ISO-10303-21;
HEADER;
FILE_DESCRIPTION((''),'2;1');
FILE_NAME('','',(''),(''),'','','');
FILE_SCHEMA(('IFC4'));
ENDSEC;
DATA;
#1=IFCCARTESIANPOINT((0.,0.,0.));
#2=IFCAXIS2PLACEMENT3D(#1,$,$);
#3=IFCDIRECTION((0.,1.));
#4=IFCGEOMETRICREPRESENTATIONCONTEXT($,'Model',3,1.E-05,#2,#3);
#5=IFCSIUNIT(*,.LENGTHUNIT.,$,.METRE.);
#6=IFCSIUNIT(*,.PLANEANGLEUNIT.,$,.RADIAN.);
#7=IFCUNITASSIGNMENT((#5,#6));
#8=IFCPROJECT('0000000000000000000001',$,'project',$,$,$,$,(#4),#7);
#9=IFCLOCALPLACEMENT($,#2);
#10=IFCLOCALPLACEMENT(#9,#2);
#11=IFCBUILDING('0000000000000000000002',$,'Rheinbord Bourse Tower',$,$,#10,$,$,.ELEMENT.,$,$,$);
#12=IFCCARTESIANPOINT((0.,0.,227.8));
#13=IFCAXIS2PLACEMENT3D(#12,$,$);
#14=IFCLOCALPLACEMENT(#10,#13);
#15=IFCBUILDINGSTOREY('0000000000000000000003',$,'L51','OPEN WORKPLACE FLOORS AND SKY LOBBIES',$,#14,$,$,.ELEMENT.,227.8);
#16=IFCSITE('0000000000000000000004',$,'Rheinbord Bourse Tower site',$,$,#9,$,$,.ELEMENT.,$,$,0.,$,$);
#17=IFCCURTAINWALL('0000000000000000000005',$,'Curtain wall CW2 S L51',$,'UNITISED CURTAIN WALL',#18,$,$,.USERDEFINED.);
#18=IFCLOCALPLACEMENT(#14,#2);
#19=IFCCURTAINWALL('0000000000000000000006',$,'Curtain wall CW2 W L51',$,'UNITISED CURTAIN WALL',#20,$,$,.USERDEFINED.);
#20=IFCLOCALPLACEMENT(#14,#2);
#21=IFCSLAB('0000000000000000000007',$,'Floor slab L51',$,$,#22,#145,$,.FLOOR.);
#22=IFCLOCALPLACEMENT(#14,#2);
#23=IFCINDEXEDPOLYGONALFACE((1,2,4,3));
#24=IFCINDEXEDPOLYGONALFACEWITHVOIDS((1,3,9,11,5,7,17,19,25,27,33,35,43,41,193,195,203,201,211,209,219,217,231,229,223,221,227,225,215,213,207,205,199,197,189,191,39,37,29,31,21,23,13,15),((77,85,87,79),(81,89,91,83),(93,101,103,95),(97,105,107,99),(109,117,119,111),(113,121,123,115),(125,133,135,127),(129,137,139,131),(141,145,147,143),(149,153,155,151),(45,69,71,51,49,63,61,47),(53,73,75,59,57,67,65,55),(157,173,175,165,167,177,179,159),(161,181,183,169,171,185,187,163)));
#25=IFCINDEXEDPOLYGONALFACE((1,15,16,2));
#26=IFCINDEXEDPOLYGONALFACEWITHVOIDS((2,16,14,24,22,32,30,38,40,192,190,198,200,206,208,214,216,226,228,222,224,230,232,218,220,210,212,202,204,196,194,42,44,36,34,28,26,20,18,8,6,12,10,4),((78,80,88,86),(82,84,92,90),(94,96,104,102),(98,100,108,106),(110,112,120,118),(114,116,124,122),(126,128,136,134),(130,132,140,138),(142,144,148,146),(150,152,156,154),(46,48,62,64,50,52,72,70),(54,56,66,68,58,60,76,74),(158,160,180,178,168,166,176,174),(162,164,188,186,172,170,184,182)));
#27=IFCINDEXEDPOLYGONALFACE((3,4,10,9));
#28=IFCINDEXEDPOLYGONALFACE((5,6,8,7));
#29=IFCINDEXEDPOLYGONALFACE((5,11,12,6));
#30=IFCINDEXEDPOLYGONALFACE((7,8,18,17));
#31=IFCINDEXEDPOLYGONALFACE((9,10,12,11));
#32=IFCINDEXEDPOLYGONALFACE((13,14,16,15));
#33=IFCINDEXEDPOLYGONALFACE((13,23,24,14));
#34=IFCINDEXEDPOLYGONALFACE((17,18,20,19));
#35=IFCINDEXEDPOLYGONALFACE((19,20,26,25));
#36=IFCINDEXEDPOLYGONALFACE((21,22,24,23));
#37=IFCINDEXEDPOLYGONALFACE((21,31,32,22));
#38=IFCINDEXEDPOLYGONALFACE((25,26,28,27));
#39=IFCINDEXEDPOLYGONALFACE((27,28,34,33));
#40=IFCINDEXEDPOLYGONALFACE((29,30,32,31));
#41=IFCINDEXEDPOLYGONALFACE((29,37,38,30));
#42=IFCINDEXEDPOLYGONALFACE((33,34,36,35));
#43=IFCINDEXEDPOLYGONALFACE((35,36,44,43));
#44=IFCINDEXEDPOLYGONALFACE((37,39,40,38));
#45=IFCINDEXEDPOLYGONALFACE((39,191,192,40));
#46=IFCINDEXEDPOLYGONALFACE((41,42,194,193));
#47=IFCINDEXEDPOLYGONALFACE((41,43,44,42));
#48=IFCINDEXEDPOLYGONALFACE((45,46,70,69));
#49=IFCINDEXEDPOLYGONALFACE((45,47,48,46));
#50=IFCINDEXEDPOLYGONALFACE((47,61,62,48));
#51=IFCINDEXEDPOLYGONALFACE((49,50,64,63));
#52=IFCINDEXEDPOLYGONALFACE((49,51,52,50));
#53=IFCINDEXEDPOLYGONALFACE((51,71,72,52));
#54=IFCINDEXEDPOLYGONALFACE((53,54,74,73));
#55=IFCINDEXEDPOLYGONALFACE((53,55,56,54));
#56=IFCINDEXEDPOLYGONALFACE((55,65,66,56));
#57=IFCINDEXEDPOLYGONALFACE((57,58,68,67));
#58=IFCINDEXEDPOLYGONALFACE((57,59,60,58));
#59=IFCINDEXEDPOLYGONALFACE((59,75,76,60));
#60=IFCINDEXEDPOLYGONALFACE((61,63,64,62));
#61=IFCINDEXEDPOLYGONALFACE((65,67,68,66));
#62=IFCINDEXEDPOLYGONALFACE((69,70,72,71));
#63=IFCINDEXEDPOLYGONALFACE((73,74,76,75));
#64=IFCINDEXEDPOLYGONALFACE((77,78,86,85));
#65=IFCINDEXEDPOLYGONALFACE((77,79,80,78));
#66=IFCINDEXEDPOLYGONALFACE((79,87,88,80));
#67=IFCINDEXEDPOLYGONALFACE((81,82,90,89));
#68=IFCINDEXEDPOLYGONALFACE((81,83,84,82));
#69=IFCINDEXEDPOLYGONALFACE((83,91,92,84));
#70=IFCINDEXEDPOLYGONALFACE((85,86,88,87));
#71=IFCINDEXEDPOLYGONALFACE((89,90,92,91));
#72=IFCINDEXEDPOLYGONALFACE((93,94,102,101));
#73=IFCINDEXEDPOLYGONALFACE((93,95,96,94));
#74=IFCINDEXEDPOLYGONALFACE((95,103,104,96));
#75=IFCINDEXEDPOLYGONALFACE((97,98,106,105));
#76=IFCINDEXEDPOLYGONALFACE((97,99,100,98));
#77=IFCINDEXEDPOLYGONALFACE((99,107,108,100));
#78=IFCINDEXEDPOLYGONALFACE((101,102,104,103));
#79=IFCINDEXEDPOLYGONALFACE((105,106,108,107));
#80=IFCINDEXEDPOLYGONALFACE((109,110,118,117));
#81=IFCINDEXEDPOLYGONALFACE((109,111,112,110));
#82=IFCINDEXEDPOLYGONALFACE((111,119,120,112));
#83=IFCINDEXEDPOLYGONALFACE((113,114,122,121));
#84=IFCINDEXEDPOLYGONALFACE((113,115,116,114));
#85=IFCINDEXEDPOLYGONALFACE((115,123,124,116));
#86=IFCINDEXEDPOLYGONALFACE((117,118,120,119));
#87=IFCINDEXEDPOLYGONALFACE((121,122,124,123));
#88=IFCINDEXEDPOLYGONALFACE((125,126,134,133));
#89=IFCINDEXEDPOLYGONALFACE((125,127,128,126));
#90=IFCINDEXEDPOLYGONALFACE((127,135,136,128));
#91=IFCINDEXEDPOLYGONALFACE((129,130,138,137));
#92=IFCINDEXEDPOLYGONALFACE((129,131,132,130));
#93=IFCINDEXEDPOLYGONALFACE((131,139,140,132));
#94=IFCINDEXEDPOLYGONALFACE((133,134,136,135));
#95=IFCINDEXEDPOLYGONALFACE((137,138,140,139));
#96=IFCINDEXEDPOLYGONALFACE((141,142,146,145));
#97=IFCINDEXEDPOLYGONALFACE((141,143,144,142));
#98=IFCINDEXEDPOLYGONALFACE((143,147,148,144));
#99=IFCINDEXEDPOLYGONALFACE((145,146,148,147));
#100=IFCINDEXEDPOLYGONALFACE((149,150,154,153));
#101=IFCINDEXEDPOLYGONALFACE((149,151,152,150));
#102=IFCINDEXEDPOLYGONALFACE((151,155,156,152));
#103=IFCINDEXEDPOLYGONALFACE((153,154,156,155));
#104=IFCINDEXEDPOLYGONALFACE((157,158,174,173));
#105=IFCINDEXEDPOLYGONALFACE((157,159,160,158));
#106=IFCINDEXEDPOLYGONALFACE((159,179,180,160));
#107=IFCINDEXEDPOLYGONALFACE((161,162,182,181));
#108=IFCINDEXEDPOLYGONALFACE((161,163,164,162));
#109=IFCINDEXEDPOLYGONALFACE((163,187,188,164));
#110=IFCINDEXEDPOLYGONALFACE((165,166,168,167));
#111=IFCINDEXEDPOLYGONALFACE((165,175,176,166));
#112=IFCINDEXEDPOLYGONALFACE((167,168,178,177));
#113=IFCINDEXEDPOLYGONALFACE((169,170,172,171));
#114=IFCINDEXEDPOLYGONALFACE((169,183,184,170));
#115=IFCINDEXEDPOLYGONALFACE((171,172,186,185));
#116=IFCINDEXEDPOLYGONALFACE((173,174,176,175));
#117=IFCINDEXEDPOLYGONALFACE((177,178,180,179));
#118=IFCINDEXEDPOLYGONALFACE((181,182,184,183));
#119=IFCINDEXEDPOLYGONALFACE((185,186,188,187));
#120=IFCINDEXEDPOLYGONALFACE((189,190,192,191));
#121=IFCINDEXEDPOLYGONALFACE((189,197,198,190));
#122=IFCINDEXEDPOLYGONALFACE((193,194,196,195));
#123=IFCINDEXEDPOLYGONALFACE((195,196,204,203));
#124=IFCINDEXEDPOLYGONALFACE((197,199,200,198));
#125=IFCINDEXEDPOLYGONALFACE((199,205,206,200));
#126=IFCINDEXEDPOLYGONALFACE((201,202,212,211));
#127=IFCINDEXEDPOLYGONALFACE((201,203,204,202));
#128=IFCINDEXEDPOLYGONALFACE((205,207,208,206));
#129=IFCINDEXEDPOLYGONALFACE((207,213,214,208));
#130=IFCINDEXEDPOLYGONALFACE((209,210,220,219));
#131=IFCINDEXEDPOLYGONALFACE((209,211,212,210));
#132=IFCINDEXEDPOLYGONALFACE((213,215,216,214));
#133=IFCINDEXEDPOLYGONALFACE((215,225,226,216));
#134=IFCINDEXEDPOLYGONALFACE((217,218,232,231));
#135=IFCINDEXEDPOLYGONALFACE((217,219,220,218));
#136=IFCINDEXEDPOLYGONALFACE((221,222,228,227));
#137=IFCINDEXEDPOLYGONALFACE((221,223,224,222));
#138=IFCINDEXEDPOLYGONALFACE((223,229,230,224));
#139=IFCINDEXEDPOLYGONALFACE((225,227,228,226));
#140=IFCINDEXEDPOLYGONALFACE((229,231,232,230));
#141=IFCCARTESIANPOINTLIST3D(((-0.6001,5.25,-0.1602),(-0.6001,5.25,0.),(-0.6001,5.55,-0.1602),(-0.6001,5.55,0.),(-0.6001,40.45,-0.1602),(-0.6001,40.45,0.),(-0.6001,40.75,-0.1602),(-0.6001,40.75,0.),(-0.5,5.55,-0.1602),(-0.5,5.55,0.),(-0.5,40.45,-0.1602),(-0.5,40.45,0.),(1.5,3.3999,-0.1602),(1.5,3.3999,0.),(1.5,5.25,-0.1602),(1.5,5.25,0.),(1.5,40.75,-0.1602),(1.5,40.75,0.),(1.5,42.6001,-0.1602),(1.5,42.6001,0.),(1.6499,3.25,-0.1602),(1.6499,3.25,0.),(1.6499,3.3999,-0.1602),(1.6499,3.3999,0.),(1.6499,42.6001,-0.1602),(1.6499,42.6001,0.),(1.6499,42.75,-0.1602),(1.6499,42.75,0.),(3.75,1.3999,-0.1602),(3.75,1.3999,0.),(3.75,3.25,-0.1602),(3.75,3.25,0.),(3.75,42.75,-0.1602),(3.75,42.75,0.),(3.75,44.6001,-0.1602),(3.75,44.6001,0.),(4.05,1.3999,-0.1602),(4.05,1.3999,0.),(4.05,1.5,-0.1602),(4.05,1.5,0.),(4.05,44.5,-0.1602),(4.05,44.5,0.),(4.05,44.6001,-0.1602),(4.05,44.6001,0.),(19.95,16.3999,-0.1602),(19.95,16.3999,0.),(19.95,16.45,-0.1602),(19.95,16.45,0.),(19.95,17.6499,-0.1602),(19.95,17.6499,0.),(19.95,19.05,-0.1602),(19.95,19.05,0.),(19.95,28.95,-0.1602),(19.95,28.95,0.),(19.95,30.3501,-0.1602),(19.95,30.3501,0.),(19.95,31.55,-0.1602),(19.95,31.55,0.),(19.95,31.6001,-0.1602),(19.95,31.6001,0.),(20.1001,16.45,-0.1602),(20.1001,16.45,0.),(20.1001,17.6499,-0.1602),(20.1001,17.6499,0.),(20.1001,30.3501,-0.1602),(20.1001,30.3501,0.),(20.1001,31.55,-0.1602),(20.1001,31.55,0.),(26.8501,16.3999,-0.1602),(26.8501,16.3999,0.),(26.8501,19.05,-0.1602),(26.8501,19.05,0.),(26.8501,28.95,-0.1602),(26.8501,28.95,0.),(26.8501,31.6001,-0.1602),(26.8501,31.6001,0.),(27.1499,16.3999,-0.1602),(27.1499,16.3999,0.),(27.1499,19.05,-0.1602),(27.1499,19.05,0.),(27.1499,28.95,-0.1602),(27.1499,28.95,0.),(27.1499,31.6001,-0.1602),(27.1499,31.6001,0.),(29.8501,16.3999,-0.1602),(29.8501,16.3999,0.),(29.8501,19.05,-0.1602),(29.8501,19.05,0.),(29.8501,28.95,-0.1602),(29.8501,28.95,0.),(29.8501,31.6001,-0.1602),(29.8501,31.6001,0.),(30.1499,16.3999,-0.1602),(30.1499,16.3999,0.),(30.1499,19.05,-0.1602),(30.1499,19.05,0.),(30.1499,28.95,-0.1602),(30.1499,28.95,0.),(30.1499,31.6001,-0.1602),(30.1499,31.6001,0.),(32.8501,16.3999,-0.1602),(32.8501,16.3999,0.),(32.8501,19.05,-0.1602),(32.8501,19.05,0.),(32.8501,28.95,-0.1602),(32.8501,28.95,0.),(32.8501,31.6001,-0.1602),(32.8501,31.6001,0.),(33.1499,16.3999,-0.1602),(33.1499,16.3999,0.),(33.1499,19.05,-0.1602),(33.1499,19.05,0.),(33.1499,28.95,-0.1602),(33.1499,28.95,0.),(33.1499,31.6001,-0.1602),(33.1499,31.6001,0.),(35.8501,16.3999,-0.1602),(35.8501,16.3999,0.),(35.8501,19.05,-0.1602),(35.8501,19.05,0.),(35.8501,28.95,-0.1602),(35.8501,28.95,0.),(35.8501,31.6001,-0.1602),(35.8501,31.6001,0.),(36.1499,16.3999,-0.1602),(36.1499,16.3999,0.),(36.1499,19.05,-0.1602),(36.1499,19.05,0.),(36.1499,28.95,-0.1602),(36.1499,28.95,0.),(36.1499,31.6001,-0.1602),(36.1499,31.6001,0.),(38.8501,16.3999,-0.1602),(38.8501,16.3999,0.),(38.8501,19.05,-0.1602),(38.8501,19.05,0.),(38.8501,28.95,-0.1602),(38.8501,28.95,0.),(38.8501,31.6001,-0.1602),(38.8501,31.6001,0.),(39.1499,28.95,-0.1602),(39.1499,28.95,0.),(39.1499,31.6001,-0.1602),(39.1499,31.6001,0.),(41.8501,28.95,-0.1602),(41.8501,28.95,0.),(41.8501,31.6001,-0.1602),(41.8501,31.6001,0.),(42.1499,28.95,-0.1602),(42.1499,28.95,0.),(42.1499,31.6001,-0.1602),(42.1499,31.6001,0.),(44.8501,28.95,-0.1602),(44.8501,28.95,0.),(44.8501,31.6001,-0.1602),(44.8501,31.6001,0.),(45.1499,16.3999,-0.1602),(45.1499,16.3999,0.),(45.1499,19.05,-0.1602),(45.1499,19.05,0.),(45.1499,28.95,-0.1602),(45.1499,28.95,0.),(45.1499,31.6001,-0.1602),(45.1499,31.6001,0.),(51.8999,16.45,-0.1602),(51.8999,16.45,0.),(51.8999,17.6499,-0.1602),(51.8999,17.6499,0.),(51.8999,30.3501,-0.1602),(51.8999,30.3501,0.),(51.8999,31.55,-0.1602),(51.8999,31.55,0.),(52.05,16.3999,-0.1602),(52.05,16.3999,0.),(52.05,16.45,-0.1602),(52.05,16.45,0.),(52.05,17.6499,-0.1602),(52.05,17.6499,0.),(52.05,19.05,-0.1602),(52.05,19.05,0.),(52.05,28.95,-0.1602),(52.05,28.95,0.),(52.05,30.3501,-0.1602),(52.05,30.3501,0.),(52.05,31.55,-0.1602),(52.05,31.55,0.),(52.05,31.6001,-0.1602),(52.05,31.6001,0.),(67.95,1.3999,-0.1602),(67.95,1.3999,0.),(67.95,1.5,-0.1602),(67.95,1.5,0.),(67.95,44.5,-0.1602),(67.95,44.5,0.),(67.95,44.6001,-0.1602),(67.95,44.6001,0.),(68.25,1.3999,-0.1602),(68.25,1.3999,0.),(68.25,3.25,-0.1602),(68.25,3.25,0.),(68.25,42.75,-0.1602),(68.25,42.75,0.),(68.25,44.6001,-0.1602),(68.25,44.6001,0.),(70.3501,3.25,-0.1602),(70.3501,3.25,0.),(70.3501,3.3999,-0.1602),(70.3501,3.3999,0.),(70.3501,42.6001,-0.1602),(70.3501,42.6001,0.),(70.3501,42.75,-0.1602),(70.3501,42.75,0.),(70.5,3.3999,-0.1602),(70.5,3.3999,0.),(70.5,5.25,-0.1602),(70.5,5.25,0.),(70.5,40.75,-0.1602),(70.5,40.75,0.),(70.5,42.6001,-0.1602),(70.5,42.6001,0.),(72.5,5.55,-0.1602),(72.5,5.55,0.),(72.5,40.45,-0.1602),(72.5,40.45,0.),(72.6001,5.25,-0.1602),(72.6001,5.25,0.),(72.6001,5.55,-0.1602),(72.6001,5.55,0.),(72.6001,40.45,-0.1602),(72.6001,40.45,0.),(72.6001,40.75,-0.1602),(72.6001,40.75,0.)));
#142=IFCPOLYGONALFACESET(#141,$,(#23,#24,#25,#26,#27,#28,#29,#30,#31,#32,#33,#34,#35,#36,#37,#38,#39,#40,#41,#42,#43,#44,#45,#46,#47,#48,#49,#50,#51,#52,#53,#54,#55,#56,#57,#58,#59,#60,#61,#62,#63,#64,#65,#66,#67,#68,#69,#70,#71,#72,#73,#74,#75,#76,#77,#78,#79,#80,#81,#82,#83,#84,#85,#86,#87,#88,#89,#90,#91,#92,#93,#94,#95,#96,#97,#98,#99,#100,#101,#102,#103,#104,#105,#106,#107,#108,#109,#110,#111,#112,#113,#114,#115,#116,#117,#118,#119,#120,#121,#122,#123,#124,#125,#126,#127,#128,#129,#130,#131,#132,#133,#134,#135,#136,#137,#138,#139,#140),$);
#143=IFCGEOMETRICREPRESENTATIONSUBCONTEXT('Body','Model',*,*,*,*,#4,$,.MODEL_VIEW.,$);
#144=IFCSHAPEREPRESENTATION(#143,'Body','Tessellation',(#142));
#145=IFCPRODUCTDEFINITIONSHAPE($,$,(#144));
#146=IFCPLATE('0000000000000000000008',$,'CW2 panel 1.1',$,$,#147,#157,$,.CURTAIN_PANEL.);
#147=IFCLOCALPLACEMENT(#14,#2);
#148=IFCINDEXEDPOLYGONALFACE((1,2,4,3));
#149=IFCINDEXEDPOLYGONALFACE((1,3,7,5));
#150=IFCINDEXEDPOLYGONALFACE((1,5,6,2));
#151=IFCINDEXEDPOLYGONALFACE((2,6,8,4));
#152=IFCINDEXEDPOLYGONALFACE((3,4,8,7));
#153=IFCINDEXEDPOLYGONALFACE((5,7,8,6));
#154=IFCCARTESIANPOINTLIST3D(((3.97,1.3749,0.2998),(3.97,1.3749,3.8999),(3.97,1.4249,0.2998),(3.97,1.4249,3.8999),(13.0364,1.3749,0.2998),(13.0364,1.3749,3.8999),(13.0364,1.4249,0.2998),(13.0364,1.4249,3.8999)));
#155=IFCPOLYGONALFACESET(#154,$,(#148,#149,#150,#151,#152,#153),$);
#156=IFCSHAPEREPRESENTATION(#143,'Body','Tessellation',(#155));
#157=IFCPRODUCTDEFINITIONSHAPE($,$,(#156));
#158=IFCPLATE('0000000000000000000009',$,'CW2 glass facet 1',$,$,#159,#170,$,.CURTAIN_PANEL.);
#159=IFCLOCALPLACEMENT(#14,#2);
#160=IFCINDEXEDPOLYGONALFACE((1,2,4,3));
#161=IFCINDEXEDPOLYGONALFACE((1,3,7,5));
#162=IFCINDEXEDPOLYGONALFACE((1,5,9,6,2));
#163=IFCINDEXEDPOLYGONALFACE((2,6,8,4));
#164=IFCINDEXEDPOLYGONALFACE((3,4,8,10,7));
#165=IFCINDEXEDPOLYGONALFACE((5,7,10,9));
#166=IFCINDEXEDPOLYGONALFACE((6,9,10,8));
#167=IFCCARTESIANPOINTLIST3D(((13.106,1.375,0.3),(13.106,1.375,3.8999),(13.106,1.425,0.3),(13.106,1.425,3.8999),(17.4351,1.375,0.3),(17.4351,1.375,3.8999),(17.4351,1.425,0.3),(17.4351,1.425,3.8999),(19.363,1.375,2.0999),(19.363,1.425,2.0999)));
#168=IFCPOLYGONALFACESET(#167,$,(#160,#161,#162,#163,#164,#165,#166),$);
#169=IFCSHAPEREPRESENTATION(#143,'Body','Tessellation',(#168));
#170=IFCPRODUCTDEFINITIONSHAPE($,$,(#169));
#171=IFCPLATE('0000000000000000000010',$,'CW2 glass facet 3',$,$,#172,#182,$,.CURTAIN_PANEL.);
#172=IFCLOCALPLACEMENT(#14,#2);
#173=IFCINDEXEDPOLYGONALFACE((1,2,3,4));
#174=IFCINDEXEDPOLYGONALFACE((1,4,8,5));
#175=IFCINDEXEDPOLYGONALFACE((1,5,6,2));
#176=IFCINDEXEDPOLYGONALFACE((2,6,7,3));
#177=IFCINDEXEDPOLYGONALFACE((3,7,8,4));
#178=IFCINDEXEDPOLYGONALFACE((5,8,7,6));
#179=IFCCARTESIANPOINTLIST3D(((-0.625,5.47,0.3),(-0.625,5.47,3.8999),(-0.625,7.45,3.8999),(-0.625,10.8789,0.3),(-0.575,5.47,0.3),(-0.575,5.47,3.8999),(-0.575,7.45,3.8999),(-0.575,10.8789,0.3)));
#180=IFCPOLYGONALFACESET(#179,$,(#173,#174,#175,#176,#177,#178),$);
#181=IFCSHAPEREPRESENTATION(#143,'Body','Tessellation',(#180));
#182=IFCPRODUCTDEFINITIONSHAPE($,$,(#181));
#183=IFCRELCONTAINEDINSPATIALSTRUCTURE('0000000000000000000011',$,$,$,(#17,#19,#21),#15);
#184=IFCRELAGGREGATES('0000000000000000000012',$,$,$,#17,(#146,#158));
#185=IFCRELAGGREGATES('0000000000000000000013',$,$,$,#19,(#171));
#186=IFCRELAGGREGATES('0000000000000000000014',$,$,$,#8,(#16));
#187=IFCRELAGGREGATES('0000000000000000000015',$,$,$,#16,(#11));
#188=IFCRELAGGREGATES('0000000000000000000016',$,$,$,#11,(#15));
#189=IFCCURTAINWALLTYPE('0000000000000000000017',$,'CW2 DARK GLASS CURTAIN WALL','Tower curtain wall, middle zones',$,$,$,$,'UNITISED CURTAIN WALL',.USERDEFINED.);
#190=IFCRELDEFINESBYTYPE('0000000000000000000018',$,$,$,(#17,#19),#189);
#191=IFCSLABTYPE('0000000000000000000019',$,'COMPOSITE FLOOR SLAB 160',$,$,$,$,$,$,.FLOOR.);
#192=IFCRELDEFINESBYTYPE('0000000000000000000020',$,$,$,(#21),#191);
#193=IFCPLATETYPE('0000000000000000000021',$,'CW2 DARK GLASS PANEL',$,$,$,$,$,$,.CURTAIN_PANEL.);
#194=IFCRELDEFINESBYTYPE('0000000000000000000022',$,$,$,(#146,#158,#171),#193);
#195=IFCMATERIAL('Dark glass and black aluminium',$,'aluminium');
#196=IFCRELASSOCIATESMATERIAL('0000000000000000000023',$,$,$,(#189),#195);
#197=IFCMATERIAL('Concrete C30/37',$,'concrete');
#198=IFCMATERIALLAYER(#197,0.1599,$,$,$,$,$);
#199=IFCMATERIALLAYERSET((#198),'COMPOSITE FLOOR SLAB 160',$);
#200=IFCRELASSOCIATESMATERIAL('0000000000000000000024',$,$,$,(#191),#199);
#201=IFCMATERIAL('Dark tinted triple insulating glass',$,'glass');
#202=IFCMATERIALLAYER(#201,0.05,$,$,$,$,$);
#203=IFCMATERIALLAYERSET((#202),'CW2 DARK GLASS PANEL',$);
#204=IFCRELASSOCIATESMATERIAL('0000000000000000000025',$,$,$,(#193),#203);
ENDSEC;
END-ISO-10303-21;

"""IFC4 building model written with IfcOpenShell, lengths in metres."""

from ifc_helpers import new_model, si_unit, direction, frame, origin, origin_2d, place, context, subcontext, project, spatial, polyline, rectangle, outline, extrude, material, layer, layer_set, type_object, element, aggregate, save


model = new_model("IFC4")

# Units and contexts
model_context = context("Model", 3, precision=1e-05, world=origin(), true_north=direction((0.0, 1.0)))
body_context = subcontext(model_context, "Body", "Model", "MODEL_VIEW")
ifc_project = project(units=[si_unit("LENGTHUNIT", "METRE"), si_unit("PLANEANGLEUNIT", "RADIAN")], contexts=[model_context])

# Site, building, storey
site_placement = place(None, origin())
site = spatial("IfcSite", under=ifc_project, at=site_placement, Name="Rheinbord Bourse Tower site", CompositionType="ELEMENT", RefElevation=0.0)
building_placement = place(site_placement, origin())
building = spatial("IfcBuilding", under=site, at=building_placement, Name="Rheinbord Bourse Tower", CompositionType="ELEMENT")
storey_placement = place(building_placement, frame((0.0, 0.0, 227.8)))
storey = spatial("IfcBuildingStorey", under=building, at=storey_placement, Name="L51", Description="OPEN WORKPLACE FLOORS AND SKY LOBBIES", CompositionType="ELEMENT", Elevation=227.8)

# Curtain wall
ifc_material_1 = material(Name="Dark glass and black aluminium", Category="aluminium")
curtain_wall_type = type_object("IfcCurtainWallType", Name="CW2 DARK GLASS CURTAIN WALL", Description="Tower curtain wall, middle zones", ElementType="UNITISED CURTAIN WALL", PredefinedType="USERDEFINED", material=ifc_material_1)
curtain_wall_1_placement = place(storey_placement, origin())
curtain_wall_1 = element("IfcCurtainWall", 1, at=curtain_wall_1_placement, inside=storey, type_object=curtain_wall_type, Name="Curtain wall CW2 S L51", ObjectType="UNITISED CURTAIN WALL", PredefinedType="USERDEFINED")

# Curtain wall
curtain_wall_2_placement = place(storey_placement, origin())
curtain_wall_2 = element("IfcCurtainWall", 2, at=curtain_wall_2_placement, inside=storey, type_object=curtain_wall_type, Name="Curtain wall CW2 W L51", ObjectType="UNITISED CURTAIN WALL", PredefinedType="USERDEFINED")

# Slab
ifc_material_2 = material(Name="Concrete C30/37", Category="concrete")
ifc_layer_1 = layer(ifc_material_2, 0.1599)
ifc_layer_set_1 = layer_set([ifc_layer_1], Name="COMPOSITE FLOOR SLAB 160")
slab_type_1 = type_object("IfcSlabType", Name="COMPOSITE FLOOR SLAB 160", PredefinedType="FLOOR", material=ifc_layer_set_1)
slab_1_placement = place(storey_placement, frame((0.0, 0.0, -0.1602)))
element("IfcSlab", 3, at=slab_1_placement, inside=storey, type_object=slab_type_1, Name="Floor slab L51", PredefinedType="FLOOR", context=body_context, shape_type="SweptSolid", body=[
    extrude(outline(polyline([(1.6499, 3.3999), (1.5, 3.3999), (1.5, 5.25), (-0.6001, 5.25), (-0.6001, 5.55), (-0.5, 5.55), (-0.5, 40.45), (-0.6001, 40.45), (-0.6001, 40.75), (1.5, 40.75), (1.5, 42.6001), (1.6499, 42.6001), (1.6499, 42.75), (3.75, 42.75), (3.75, 44.6001), (4.05, 44.6001), (4.05, 44.5), (67.95, 44.5), (67.95, 44.6001), (68.25, 44.6001), (68.25, 42.75), (70.3501, 42.75), (70.3501, 42.6001), (70.5, 42.6001), (70.5, 40.75), (72.6001, 40.75), (72.6001, 40.45), (72.5, 40.45), (72.5, 5.55), (72.6001, 5.55), (72.6001, 5.25), (70.5, 5.25), (70.5, 3.3999), (70.3501, 3.3999), (70.3501, 3.25), (68.25, 3.25), (68.25, 1.3999), (67.95, 1.3999), (67.95, 1.5), (4.05, 1.5), (4.05, 1.3999), (3.75, 1.3999), (3.75, 3.25), (1.6499, 3.25), (1.6499, 3.3999)]), holes=[polyline([(19.95, 19.05), (26.8501, 19.05), (26.8501, 16.3999), (19.95, 16.3999), (19.95, 16.45), (20.1001, 16.45), (20.1001, 17.6499), (19.95, 17.6499), (19.95, 19.05)]), polyline([(19.95, 31.6001), (26.8501, 31.6001), (26.8501, 28.95), (19.95, 28.95), (19.95, 30.3501), (20.1001, 30.3501), (20.1001, 31.55), (19.95, 31.55), (19.95, 31.6001)]), polyline([(52.05, 16.3999), (45.1499, 16.3999), (45.1499, 19.05), (52.05, 19.05), (52.05, 17.6499), (51.8999, 17.6499), (51.8999, 16.45), (52.05, 16.45), (52.05, 16.3999)]), polyline([(52.05, 28.95), (45.1499, 28.95), (45.1499, 31.6001), (52.05, 31.6001), (52.05, 31.55), (51.8999, 31.55), (51.8999, 30.3501), (52.05, 30.3501), (52.05, 28.95)]), polyline([(27.1499, 16.3999), (27.1499, 19.05), (29.8501, 19.05), (29.8501, 16.3999), (27.1499, 16.3999)]), polyline([(27.1499, 28.95), (27.1499, 31.6001), (29.8501, 31.6001), (29.8501, 28.95), (27.1499, 28.95)]), polyline([(30.1499, 16.3999), (30.1499, 19.05), (32.8501, 19.05), (32.8501, 16.3999), (30.1499, 16.3999)]), polyline([(30.1499, 28.95), (30.1499, 31.6001), (32.8501, 31.6001), (32.8501, 28.95), (30.1499, 28.95)]), polyline([(33.1499, 16.3999), (33.1499, 19.05), (35.8501, 19.05), (35.8501, 16.3999), (33.1499, 16.3999)]), polyline([(33.1499, 28.95), (33.1499, 31.6001), (35.8501, 31.6001), (35.8501, 28.95), (33.1499, 28.95)]), polyline([(36.1499, 16.3999), (36.1499, 19.05), (38.8501, 19.05), (38.8501, 16.3999), (36.1499, 16.3999)]), polyline([(36.1499, 28.95), (36.1499, 31.6001), (38.8501, 31.6001), (38.8501, 28.95), (36.1499, 28.95)]), polyline([(39.1499, 28.95), (39.1499, 31.6001), (41.8501, 31.6001), (41.8501, 28.95), (39.1499, 28.95)]), polyline([(42.1499, 28.95), (42.1499, 31.6001), (44.8501, 31.6001), (44.8501, 28.95), (42.1499, 28.95)])]), origin(), (0.0, 0.0, 1.0), 0.1602),
])

# Plates
ifc_material_3 = material(Name="Dark tinted triple insulating glass", Category="glass")
ifc_layer_2 = layer(ifc_material_3, 0.05)
ifc_layer_set_2 = layer_set([ifc_layer_2], Name="CW2 DARK GLASS PANEL")
plate_type = type_object("IfcPlateType", Name="CW2 DARK GLASS PANEL", PredefinedType="CURTAIN_PANEL", material=ifc_layer_set_2)
plate_1_placement = place(storey_placement, frame((8.5032, 1.3999, 0.2998), z_axis=(0.0, 0.0, 1.0), x_axis=(1.0, 0.0, 0.0)))
plate_1 = element("IfcPlate", 4, at=plate_1_placement, type_object=plate_type, Name="CW2 panel 1.1", PredefinedType="CURTAIN_PANEL", context=body_context, shape_type="SweptSolid", body=[
    extrude(rectangle(XDim=9.0664, YDim=0.05, at=origin_2d()), origin(), (0.0, 0.0, 1.0), 3.6001),
])
plate_2_placement = place(storey_placement, frame((13.106, 1.375, 0.3), z_axis=(0.0, 1.0, 0.0), x_axis=(0.0, 0.0, 1.0)))
plate_2 = element("IfcPlate", 5, at=plate_2_placement, type_object=plate_type, Name="CW2 glass facet 1", PredefinedType="CURTAIN_PANEL", context=body_context, shape_type="SweptSolid", body=[
    extrude(outline(polyline([(0.0, 0.0), (3.5999, 0.0), (3.5999, 4.3291), (1.7998, 6.2571), (0.0, 4.3291), (0.0, 0.0)])), origin(), (0.0, 0.0, 1.0), 0.05),
])
aggregate(curtain_wall_1, [plate_1, plate_2])
plate_3_placement = place(storey_placement, frame((-0.625, 5.47, 3.8999), z_axis=(1.0, 0.0, 0.0), x_axis=(0.0, 0.0, -1.0)))
plate_3 = element("IfcPlate", 6, at=plate_3_placement, type_object=plate_type, Name="CW2 glass facet 3", PredefinedType="CURTAIN_PANEL", context=body_context, shape_type="SweptSolid", body=[
    extrude(outline(polyline([(0.0, 0.0), (3.5999, 0.0), (3.5999, 5.4089), (0.0, 1.98), (0.0, 0.0)])), origin(), (0.0, 0.0, 1.0), 0.05),
])
aggregate(curtain_wall_2, [plate_3])

save(model, "model.ifc")
